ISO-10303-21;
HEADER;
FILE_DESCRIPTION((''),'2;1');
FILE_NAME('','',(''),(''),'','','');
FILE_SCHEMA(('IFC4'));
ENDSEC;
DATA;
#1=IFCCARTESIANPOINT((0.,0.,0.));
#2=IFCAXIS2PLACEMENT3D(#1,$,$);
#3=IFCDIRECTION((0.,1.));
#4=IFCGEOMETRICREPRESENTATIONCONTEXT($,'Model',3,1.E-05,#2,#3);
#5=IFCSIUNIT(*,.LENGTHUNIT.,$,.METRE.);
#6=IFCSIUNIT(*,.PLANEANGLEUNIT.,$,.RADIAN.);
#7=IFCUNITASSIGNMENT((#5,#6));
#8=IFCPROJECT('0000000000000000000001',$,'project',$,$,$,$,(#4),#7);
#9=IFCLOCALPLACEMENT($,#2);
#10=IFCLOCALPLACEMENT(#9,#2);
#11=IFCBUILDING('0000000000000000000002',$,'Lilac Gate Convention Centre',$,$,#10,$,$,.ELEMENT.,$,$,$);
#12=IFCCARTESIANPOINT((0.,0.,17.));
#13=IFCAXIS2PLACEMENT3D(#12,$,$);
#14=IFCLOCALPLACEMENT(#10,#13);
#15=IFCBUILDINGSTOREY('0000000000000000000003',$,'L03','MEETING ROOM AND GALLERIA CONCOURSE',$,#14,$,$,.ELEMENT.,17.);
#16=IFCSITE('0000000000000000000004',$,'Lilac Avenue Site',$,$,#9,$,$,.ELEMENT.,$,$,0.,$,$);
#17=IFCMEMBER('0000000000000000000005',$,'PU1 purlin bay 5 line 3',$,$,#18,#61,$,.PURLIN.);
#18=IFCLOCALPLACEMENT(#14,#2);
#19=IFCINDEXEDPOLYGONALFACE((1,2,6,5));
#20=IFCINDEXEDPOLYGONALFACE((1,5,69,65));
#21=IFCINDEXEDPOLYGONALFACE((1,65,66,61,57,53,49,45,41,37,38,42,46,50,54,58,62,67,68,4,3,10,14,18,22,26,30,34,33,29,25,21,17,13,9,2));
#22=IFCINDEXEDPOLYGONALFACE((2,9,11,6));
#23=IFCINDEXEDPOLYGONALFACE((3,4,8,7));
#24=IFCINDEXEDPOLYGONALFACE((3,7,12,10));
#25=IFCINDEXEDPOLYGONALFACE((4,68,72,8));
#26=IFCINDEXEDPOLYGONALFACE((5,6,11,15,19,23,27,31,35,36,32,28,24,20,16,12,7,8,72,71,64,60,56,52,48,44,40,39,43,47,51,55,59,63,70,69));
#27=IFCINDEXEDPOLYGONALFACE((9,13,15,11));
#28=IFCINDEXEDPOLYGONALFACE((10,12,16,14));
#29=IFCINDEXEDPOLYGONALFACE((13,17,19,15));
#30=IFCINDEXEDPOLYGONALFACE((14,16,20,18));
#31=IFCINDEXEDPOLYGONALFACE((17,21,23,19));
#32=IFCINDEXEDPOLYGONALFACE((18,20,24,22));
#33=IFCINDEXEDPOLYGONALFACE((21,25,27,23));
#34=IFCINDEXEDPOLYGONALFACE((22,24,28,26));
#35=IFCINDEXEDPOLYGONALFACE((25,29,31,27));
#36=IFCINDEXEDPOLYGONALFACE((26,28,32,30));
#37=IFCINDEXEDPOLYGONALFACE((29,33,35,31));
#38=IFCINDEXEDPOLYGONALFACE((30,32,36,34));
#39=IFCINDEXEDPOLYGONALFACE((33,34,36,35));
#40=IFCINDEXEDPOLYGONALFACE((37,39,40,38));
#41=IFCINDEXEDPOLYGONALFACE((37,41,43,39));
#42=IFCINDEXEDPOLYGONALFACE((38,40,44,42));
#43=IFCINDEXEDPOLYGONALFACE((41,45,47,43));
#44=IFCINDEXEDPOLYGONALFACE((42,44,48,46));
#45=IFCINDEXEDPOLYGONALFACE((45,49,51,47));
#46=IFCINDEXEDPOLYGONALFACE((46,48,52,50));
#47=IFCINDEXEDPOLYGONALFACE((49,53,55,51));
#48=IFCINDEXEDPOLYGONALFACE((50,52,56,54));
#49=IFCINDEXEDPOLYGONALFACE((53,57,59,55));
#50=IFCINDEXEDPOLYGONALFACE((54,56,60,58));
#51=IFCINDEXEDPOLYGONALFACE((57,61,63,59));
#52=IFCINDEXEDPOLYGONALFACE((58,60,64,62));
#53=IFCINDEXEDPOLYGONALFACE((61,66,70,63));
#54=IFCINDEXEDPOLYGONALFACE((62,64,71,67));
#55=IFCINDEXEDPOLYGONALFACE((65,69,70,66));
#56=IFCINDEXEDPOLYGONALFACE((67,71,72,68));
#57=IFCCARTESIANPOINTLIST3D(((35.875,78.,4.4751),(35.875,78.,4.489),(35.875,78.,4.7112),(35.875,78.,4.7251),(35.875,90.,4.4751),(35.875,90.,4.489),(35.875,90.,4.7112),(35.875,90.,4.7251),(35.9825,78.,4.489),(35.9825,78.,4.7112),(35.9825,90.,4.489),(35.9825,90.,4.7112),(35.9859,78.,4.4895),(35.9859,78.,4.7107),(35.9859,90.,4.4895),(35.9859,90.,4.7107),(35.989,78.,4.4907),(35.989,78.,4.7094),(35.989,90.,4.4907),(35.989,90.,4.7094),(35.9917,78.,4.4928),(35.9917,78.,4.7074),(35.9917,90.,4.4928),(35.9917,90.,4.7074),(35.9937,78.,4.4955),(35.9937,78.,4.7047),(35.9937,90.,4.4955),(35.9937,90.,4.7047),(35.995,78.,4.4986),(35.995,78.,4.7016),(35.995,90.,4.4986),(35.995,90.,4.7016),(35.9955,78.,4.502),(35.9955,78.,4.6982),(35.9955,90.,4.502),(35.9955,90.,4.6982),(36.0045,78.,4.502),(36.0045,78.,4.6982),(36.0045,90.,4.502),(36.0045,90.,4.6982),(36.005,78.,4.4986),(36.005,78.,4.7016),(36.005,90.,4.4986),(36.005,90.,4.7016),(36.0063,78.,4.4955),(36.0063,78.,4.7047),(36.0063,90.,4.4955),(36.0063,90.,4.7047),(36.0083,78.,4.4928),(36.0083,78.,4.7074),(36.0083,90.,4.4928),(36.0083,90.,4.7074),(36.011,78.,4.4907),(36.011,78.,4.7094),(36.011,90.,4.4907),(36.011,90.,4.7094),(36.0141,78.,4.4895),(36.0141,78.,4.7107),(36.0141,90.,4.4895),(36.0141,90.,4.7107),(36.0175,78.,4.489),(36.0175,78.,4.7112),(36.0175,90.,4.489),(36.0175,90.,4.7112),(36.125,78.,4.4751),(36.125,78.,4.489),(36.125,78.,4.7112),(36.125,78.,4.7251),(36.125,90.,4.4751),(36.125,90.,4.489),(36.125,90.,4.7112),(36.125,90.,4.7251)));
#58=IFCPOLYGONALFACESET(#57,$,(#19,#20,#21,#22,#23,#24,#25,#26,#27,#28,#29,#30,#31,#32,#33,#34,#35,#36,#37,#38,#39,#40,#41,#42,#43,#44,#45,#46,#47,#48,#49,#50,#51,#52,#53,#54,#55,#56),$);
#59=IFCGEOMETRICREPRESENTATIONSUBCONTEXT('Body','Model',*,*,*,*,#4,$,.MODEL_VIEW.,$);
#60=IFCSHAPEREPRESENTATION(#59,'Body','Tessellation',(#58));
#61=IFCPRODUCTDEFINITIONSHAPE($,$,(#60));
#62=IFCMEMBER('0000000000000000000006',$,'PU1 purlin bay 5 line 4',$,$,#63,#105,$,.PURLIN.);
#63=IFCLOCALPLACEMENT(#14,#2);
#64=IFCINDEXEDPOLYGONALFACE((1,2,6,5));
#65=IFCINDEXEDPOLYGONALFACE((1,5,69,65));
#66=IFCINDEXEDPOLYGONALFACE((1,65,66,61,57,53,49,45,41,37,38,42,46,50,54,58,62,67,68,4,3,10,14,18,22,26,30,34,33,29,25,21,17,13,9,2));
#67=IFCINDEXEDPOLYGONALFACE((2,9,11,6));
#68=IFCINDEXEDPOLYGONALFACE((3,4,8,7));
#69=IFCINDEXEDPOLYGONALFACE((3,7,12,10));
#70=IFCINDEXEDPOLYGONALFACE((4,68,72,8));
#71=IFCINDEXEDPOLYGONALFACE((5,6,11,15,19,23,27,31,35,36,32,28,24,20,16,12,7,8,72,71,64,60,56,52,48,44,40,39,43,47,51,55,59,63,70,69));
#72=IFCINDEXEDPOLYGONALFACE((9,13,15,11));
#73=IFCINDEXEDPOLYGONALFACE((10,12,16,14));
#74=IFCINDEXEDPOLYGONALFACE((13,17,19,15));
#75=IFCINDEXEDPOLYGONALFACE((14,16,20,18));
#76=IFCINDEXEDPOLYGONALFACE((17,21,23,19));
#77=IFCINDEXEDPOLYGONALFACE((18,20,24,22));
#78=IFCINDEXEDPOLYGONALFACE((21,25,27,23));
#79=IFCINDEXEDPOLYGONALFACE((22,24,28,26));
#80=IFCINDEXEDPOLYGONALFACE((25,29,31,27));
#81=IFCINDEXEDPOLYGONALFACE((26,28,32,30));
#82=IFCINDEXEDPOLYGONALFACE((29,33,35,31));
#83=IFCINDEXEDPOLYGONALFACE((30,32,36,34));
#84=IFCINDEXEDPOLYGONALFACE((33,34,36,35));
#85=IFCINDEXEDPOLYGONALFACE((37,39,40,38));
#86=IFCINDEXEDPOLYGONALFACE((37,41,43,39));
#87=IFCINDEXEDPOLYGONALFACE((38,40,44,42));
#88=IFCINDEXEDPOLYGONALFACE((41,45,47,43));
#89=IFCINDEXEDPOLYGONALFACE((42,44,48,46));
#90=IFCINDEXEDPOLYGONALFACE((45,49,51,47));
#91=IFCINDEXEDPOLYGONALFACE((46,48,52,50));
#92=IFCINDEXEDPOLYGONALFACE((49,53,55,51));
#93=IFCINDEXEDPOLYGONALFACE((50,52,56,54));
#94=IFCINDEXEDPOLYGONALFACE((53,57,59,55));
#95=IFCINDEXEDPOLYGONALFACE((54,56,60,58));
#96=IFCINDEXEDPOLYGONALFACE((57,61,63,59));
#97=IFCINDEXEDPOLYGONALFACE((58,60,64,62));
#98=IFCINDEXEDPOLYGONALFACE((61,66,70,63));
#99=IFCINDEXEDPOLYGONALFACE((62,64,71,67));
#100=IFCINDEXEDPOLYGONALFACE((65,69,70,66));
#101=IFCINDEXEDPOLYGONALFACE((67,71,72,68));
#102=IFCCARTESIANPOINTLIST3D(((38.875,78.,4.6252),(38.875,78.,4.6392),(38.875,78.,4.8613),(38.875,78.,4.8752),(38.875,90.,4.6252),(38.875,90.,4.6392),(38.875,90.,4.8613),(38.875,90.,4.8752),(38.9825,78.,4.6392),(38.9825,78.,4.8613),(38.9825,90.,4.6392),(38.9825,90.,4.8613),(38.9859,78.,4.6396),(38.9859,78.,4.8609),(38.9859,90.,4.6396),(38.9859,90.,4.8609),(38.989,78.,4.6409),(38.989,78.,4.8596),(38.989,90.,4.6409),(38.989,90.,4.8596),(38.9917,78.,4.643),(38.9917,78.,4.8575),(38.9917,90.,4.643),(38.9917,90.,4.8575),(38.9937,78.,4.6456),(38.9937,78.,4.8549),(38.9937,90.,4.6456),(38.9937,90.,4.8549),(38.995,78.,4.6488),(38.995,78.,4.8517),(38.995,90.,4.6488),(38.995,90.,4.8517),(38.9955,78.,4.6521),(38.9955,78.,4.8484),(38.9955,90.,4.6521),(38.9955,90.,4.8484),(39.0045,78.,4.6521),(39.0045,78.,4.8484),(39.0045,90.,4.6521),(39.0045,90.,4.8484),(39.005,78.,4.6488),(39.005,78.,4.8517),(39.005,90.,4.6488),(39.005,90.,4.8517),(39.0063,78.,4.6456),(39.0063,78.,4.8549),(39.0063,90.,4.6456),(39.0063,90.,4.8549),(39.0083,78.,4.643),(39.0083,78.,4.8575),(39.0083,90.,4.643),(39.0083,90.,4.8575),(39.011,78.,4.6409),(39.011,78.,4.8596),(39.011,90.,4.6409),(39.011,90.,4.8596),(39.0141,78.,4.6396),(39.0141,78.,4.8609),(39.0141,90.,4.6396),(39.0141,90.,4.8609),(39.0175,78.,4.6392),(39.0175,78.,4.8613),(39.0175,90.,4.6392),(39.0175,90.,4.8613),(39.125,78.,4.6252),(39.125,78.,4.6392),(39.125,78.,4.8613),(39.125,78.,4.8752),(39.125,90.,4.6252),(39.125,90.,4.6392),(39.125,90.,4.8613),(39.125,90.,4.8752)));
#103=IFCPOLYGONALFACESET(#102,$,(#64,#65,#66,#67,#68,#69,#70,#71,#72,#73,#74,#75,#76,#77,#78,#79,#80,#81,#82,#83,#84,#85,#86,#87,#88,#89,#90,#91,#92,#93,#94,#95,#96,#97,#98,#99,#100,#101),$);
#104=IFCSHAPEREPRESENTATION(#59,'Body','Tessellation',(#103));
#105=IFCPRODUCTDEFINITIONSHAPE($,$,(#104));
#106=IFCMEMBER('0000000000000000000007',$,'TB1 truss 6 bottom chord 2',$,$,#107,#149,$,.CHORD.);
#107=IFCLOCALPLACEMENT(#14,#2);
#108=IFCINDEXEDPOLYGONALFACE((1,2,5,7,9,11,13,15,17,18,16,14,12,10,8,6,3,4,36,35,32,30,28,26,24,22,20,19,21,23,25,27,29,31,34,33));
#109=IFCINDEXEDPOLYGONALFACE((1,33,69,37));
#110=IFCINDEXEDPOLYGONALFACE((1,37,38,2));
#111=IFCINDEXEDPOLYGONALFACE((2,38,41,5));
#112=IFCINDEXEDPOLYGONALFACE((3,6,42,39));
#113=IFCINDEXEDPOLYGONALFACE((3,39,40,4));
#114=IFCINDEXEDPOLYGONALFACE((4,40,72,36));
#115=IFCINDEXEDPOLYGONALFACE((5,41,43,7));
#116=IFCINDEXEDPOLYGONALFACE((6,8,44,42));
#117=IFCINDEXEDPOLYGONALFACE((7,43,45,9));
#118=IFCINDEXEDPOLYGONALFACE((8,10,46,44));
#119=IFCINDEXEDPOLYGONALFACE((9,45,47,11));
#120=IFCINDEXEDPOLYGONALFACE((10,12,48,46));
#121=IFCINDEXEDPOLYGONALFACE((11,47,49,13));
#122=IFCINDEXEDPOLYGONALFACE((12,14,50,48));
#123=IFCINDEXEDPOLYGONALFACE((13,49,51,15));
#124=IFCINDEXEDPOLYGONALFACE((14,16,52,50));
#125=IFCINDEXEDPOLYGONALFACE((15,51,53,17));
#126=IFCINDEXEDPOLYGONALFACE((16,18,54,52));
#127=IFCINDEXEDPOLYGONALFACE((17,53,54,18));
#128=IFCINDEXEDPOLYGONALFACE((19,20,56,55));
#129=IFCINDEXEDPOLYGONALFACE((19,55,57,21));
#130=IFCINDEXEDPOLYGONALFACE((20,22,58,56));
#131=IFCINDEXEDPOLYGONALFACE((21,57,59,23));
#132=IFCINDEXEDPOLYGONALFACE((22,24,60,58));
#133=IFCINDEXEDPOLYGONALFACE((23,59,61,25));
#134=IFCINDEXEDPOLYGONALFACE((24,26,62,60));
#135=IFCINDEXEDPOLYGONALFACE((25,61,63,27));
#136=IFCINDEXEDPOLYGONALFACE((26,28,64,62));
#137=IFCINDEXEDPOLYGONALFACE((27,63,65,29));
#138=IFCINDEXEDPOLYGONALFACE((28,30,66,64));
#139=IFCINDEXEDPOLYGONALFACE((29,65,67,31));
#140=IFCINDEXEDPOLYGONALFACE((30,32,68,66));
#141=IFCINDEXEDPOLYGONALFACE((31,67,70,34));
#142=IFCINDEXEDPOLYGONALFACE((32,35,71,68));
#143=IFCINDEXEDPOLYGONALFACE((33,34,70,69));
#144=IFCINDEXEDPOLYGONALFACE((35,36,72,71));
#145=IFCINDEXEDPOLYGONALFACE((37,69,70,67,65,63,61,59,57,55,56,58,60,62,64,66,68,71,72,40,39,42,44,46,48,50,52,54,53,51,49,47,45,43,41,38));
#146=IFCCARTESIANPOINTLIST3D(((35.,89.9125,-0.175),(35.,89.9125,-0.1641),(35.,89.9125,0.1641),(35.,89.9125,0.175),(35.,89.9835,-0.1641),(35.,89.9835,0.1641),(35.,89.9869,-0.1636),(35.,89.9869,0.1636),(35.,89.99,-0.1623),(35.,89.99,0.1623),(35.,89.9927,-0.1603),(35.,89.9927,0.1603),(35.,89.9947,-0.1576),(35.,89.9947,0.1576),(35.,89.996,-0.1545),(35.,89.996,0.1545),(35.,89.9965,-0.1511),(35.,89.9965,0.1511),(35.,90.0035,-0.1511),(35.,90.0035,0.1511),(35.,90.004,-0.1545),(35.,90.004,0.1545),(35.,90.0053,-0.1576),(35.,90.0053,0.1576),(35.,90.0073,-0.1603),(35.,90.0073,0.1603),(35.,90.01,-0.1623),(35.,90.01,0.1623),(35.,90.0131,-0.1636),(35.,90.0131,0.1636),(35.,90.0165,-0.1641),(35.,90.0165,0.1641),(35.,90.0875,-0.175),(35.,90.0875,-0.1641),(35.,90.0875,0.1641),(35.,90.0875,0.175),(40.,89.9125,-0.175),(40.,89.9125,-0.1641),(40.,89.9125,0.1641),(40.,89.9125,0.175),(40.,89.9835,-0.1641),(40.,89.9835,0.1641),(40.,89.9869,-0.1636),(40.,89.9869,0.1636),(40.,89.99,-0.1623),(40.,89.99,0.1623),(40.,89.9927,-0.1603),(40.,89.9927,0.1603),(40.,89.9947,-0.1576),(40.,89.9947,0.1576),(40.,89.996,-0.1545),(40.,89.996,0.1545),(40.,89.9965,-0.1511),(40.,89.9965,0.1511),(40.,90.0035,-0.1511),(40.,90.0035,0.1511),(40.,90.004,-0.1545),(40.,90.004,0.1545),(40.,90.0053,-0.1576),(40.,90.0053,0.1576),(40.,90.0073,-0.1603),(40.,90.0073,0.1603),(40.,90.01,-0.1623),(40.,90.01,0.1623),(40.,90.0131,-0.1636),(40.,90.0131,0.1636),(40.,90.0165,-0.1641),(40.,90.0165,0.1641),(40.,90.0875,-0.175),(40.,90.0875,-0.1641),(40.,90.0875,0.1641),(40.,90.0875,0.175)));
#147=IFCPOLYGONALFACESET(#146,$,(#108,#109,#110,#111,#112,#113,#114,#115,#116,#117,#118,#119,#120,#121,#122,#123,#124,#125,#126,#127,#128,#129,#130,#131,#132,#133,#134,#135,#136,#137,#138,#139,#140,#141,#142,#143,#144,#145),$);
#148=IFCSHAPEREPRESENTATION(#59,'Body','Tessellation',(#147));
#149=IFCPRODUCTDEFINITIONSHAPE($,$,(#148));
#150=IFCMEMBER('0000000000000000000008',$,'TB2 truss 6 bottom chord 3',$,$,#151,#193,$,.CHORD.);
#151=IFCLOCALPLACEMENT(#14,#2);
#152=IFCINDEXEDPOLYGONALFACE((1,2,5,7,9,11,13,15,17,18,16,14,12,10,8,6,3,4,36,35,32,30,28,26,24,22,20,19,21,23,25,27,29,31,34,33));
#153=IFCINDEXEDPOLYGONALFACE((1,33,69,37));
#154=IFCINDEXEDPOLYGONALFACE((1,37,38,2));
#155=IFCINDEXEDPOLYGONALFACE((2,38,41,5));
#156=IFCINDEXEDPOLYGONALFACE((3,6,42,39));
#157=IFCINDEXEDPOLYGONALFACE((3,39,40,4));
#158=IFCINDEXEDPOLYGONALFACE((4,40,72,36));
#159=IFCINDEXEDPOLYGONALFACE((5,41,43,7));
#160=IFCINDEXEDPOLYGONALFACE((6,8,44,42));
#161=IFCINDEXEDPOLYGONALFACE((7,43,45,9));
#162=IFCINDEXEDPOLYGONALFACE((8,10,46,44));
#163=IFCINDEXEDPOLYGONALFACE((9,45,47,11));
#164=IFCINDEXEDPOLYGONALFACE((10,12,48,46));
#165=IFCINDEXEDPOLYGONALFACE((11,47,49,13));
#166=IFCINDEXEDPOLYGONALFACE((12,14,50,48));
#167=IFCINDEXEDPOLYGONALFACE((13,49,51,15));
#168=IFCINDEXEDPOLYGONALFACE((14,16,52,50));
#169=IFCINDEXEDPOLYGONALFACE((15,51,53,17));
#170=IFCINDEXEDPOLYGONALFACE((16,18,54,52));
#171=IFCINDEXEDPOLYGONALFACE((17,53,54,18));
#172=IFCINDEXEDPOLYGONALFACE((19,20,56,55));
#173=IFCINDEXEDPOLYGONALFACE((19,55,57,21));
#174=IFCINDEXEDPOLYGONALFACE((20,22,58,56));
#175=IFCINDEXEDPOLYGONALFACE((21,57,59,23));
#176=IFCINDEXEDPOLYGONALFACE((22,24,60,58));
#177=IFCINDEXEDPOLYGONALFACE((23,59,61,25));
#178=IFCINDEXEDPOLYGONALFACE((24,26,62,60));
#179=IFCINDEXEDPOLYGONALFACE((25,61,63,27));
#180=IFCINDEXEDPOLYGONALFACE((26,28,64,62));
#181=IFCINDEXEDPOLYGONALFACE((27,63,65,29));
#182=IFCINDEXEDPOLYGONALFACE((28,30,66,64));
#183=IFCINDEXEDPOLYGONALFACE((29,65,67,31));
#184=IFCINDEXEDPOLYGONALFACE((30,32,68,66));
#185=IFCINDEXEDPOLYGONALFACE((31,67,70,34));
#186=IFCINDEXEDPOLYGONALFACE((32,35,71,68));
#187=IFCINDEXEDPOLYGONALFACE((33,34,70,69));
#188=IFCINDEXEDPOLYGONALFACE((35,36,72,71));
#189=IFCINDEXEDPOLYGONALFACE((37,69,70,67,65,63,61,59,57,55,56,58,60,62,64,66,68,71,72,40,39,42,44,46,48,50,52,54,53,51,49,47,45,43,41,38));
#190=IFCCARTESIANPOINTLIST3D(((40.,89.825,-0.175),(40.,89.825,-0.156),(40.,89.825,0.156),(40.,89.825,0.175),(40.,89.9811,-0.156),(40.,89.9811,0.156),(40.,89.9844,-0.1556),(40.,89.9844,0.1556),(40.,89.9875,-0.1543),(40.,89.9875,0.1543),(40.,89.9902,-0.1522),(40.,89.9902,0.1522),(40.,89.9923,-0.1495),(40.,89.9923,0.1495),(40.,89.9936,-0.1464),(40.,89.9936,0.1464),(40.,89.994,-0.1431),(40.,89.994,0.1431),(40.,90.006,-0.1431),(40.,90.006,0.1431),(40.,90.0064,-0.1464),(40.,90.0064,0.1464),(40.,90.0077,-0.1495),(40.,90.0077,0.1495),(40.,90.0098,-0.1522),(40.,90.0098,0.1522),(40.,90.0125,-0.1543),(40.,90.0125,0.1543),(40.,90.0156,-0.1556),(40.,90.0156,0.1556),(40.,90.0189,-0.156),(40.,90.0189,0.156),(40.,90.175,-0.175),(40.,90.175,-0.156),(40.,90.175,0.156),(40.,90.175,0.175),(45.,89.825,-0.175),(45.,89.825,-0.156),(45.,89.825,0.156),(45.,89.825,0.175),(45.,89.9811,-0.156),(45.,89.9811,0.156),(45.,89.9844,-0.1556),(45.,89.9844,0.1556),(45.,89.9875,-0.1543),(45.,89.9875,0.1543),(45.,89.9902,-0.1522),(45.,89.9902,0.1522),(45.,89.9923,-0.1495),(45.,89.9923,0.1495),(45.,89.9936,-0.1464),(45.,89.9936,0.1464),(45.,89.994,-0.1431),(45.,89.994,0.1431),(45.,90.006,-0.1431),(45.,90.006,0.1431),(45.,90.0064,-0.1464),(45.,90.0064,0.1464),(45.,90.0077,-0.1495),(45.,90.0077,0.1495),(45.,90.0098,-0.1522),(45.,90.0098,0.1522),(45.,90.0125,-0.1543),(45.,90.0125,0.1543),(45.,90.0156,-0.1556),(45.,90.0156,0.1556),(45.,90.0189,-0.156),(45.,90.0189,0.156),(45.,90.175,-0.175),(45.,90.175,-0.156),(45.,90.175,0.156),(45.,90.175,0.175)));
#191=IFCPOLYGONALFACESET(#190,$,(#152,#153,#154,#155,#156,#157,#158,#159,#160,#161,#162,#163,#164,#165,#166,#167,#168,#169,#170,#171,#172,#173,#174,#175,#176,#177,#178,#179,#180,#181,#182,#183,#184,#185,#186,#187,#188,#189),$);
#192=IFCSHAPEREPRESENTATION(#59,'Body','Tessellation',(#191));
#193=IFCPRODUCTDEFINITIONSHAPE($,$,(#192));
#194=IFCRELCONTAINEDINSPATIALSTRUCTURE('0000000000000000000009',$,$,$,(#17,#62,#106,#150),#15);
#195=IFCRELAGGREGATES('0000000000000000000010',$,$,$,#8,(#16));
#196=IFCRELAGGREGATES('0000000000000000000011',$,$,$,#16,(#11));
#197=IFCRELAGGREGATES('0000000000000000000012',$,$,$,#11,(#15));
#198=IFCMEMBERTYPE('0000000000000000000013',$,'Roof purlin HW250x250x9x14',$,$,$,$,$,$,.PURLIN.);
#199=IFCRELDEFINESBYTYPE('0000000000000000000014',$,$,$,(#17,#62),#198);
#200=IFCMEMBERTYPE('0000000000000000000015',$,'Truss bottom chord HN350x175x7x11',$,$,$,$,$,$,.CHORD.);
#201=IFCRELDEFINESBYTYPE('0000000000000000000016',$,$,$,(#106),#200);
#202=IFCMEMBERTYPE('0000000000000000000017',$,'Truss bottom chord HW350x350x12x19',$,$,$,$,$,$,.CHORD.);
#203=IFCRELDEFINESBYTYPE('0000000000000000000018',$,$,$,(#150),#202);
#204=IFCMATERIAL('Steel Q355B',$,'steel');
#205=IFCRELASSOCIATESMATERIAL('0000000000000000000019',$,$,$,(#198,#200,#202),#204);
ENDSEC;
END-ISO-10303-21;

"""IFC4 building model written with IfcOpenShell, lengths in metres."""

from ifc_helpers import new_model, si_unit, direction, frame, origin, origin_2d, place, context, subcontext, project, spatial, i_section, extrude, material, material_profile, profile_set, type_object, element, save


model = new_model("IFC4")

# Units and contexts
model_context = context("Model", 3, precision=1e-05, world=origin(), true_north=direction((0.0, 1.0)))
body_context = subcontext(model_context, "Body", "Model", "MODEL_VIEW")
ifc_project = project(units=[si_unit("LENGTHUNIT", "METRE"), si_unit("PLANEANGLEUNIT", "RADIAN")], contexts=[model_context])

# Site, building, storey
site_placement = place(None, origin())
site = spatial("IfcSite", under=ifc_project, at=site_placement, Name="Lilac Avenue Site", CompositionType="ELEMENT", RefElevation=0.0)
building_placement = place(site_placement, origin())
building = spatial("IfcBuilding", under=site, at=building_placement, Name="Lilac Gate Convention Centre", CompositionType="ELEMENT")
storey_placement = place(building_placement, frame((0.0, 0.0, 17.0)))
storey = spatial("IfcBuildingStorey", under=building, at=storey_placement, Name="L03", Description="MEETING ROOM AND GALLERIA CONCOURSE", CompositionType="ELEMENT", Elevation=17.0)

# Members
ifc_material = material(Name="Steel Q355B", Category="steel")
ifc_material_profile_1 = material_profile(ifc_material, i_section(OverallWidth=0.25, OverallDepth=0.25, WebThickness=0.009, FlangeThickness=0.0139, FilletRadius=0.0129, at=origin_2d()), Name="HW250x250x9x14")
ifc_profile_set_1 = profile_set([ifc_material_profile_1], Name="Steel Q355B")
member_type_1 = type_object("IfcMemberType", Name="Roof purlin HW250x250x9x14", PredefinedType="PURLIN", material=ifc_profile_set_1)
for number, where, z_axis, x_axis, name in (
    (1, (36.0, 78.0, 4.6001), (0.0, 1.0, 0.0), (-1.0, 0.0, 0.0), "PU1 purlin bay 5 line 3"),
    (2, (39.0, 78.0, 4.7502), (0.0, 1.0, 0.0), (-1.0, 0.0, 0.0), "PU1 purlin bay 5 line 4"),
):
    element("IfcMember", number, at=place(storey_placement, frame(where, z_axis=z_axis, x_axis=x_axis)), inside=storey, type_object=member_type_1, Name=name, PredefinedType="PURLIN", context=body_context, shape_type="SweptSolid", body=[
        extrude(i_section(OverallWidth=0.25, OverallDepth=0.25, WebThickness=0.009, FlangeThickness=0.0139, FilletRadius=0.0129, at=origin_2d()), origin(), (0.0, 0.0, 1.0), 12.0),
    ])
ifc_material_profile_2 = material_profile(ifc_material, i_section(OverallWidth=0.175, OverallDepth=0.3501, WebThickness=0.0071, FlangeThickness=0.011, FilletRadius=0.0129, at=origin_2d()), Name="HN350x175x7x11")
ifc_profile_set_2 = profile_set([ifc_material_profile_2], Name="Steel Q355B")
member_type_2 = type_object("IfcMemberType", Name="Truss bottom chord HN350x175x7x11", PredefinedType="CHORD", material=ifc_profile_set_2)
member_1_placement = place(storey_placement, frame((35.0, 90.0, 0.0), z_axis=(1.0, 0.0, 0.0), x_axis=(0.0, 1.0, 0.0)))
element("IfcMember", 3, at=member_1_placement, inside=storey, type_object=member_type_2, Name="TB1 truss 6 bottom chord 2", PredefinedType="CHORD", context=body_context, shape_type="SweptSolid", body=[
    extrude(i_section(OverallWidth=0.175, OverallDepth=0.3501, WebThickness=0.0071, FlangeThickness=0.011, FilletRadius=0.0129, at=origin_2d()), origin(), (0.0, 0.0, 1.0), 5.0),
])
ifc_material_profile_3 = material_profile(ifc_material, i_section(OverallWidth=0.3501, OverallDepth=0.3501, WebThickness=0.012, FlangeThickness=0.019, FilletRadius=0.0129, at=origin_2d()), Name="HW350x350x12x19")
ifc_profile_set_3 = profile_set([ifc_material_profile_3], Name="Steel Q355B")
member_type_3 = type_object("IfcMemberType", Name="Truss bottom chord HW350x350x12x19", PredefinedType="CHORD", material=ifc_profile_set_3)
member_2_placement = place(storey_placement, frame((40.0, 90.0, 0.0), z_axis=(1.0, 0.0, 0.0), x_axis=(0.0, 1.0, 0.0)))
element("IfcMember", 4, at=member_2_placement, inside=storey, type_object=member_type_3, Name="TB2 truss 6 bottom chord 3", PredefinedType="CHORD", context=body_context, shape_type="SweptSolid", body=[
    extrude(i_section(OverallWidth=0.3501, OverallDepth=0.3501, WebThickness=0.012, FlangeThickness=0.019, FilletRadius=0.0129, at=origin_2d()), origin(), (0.0, 0.0, 1.0), 5.0),
])

save(model, "model.ifc")
